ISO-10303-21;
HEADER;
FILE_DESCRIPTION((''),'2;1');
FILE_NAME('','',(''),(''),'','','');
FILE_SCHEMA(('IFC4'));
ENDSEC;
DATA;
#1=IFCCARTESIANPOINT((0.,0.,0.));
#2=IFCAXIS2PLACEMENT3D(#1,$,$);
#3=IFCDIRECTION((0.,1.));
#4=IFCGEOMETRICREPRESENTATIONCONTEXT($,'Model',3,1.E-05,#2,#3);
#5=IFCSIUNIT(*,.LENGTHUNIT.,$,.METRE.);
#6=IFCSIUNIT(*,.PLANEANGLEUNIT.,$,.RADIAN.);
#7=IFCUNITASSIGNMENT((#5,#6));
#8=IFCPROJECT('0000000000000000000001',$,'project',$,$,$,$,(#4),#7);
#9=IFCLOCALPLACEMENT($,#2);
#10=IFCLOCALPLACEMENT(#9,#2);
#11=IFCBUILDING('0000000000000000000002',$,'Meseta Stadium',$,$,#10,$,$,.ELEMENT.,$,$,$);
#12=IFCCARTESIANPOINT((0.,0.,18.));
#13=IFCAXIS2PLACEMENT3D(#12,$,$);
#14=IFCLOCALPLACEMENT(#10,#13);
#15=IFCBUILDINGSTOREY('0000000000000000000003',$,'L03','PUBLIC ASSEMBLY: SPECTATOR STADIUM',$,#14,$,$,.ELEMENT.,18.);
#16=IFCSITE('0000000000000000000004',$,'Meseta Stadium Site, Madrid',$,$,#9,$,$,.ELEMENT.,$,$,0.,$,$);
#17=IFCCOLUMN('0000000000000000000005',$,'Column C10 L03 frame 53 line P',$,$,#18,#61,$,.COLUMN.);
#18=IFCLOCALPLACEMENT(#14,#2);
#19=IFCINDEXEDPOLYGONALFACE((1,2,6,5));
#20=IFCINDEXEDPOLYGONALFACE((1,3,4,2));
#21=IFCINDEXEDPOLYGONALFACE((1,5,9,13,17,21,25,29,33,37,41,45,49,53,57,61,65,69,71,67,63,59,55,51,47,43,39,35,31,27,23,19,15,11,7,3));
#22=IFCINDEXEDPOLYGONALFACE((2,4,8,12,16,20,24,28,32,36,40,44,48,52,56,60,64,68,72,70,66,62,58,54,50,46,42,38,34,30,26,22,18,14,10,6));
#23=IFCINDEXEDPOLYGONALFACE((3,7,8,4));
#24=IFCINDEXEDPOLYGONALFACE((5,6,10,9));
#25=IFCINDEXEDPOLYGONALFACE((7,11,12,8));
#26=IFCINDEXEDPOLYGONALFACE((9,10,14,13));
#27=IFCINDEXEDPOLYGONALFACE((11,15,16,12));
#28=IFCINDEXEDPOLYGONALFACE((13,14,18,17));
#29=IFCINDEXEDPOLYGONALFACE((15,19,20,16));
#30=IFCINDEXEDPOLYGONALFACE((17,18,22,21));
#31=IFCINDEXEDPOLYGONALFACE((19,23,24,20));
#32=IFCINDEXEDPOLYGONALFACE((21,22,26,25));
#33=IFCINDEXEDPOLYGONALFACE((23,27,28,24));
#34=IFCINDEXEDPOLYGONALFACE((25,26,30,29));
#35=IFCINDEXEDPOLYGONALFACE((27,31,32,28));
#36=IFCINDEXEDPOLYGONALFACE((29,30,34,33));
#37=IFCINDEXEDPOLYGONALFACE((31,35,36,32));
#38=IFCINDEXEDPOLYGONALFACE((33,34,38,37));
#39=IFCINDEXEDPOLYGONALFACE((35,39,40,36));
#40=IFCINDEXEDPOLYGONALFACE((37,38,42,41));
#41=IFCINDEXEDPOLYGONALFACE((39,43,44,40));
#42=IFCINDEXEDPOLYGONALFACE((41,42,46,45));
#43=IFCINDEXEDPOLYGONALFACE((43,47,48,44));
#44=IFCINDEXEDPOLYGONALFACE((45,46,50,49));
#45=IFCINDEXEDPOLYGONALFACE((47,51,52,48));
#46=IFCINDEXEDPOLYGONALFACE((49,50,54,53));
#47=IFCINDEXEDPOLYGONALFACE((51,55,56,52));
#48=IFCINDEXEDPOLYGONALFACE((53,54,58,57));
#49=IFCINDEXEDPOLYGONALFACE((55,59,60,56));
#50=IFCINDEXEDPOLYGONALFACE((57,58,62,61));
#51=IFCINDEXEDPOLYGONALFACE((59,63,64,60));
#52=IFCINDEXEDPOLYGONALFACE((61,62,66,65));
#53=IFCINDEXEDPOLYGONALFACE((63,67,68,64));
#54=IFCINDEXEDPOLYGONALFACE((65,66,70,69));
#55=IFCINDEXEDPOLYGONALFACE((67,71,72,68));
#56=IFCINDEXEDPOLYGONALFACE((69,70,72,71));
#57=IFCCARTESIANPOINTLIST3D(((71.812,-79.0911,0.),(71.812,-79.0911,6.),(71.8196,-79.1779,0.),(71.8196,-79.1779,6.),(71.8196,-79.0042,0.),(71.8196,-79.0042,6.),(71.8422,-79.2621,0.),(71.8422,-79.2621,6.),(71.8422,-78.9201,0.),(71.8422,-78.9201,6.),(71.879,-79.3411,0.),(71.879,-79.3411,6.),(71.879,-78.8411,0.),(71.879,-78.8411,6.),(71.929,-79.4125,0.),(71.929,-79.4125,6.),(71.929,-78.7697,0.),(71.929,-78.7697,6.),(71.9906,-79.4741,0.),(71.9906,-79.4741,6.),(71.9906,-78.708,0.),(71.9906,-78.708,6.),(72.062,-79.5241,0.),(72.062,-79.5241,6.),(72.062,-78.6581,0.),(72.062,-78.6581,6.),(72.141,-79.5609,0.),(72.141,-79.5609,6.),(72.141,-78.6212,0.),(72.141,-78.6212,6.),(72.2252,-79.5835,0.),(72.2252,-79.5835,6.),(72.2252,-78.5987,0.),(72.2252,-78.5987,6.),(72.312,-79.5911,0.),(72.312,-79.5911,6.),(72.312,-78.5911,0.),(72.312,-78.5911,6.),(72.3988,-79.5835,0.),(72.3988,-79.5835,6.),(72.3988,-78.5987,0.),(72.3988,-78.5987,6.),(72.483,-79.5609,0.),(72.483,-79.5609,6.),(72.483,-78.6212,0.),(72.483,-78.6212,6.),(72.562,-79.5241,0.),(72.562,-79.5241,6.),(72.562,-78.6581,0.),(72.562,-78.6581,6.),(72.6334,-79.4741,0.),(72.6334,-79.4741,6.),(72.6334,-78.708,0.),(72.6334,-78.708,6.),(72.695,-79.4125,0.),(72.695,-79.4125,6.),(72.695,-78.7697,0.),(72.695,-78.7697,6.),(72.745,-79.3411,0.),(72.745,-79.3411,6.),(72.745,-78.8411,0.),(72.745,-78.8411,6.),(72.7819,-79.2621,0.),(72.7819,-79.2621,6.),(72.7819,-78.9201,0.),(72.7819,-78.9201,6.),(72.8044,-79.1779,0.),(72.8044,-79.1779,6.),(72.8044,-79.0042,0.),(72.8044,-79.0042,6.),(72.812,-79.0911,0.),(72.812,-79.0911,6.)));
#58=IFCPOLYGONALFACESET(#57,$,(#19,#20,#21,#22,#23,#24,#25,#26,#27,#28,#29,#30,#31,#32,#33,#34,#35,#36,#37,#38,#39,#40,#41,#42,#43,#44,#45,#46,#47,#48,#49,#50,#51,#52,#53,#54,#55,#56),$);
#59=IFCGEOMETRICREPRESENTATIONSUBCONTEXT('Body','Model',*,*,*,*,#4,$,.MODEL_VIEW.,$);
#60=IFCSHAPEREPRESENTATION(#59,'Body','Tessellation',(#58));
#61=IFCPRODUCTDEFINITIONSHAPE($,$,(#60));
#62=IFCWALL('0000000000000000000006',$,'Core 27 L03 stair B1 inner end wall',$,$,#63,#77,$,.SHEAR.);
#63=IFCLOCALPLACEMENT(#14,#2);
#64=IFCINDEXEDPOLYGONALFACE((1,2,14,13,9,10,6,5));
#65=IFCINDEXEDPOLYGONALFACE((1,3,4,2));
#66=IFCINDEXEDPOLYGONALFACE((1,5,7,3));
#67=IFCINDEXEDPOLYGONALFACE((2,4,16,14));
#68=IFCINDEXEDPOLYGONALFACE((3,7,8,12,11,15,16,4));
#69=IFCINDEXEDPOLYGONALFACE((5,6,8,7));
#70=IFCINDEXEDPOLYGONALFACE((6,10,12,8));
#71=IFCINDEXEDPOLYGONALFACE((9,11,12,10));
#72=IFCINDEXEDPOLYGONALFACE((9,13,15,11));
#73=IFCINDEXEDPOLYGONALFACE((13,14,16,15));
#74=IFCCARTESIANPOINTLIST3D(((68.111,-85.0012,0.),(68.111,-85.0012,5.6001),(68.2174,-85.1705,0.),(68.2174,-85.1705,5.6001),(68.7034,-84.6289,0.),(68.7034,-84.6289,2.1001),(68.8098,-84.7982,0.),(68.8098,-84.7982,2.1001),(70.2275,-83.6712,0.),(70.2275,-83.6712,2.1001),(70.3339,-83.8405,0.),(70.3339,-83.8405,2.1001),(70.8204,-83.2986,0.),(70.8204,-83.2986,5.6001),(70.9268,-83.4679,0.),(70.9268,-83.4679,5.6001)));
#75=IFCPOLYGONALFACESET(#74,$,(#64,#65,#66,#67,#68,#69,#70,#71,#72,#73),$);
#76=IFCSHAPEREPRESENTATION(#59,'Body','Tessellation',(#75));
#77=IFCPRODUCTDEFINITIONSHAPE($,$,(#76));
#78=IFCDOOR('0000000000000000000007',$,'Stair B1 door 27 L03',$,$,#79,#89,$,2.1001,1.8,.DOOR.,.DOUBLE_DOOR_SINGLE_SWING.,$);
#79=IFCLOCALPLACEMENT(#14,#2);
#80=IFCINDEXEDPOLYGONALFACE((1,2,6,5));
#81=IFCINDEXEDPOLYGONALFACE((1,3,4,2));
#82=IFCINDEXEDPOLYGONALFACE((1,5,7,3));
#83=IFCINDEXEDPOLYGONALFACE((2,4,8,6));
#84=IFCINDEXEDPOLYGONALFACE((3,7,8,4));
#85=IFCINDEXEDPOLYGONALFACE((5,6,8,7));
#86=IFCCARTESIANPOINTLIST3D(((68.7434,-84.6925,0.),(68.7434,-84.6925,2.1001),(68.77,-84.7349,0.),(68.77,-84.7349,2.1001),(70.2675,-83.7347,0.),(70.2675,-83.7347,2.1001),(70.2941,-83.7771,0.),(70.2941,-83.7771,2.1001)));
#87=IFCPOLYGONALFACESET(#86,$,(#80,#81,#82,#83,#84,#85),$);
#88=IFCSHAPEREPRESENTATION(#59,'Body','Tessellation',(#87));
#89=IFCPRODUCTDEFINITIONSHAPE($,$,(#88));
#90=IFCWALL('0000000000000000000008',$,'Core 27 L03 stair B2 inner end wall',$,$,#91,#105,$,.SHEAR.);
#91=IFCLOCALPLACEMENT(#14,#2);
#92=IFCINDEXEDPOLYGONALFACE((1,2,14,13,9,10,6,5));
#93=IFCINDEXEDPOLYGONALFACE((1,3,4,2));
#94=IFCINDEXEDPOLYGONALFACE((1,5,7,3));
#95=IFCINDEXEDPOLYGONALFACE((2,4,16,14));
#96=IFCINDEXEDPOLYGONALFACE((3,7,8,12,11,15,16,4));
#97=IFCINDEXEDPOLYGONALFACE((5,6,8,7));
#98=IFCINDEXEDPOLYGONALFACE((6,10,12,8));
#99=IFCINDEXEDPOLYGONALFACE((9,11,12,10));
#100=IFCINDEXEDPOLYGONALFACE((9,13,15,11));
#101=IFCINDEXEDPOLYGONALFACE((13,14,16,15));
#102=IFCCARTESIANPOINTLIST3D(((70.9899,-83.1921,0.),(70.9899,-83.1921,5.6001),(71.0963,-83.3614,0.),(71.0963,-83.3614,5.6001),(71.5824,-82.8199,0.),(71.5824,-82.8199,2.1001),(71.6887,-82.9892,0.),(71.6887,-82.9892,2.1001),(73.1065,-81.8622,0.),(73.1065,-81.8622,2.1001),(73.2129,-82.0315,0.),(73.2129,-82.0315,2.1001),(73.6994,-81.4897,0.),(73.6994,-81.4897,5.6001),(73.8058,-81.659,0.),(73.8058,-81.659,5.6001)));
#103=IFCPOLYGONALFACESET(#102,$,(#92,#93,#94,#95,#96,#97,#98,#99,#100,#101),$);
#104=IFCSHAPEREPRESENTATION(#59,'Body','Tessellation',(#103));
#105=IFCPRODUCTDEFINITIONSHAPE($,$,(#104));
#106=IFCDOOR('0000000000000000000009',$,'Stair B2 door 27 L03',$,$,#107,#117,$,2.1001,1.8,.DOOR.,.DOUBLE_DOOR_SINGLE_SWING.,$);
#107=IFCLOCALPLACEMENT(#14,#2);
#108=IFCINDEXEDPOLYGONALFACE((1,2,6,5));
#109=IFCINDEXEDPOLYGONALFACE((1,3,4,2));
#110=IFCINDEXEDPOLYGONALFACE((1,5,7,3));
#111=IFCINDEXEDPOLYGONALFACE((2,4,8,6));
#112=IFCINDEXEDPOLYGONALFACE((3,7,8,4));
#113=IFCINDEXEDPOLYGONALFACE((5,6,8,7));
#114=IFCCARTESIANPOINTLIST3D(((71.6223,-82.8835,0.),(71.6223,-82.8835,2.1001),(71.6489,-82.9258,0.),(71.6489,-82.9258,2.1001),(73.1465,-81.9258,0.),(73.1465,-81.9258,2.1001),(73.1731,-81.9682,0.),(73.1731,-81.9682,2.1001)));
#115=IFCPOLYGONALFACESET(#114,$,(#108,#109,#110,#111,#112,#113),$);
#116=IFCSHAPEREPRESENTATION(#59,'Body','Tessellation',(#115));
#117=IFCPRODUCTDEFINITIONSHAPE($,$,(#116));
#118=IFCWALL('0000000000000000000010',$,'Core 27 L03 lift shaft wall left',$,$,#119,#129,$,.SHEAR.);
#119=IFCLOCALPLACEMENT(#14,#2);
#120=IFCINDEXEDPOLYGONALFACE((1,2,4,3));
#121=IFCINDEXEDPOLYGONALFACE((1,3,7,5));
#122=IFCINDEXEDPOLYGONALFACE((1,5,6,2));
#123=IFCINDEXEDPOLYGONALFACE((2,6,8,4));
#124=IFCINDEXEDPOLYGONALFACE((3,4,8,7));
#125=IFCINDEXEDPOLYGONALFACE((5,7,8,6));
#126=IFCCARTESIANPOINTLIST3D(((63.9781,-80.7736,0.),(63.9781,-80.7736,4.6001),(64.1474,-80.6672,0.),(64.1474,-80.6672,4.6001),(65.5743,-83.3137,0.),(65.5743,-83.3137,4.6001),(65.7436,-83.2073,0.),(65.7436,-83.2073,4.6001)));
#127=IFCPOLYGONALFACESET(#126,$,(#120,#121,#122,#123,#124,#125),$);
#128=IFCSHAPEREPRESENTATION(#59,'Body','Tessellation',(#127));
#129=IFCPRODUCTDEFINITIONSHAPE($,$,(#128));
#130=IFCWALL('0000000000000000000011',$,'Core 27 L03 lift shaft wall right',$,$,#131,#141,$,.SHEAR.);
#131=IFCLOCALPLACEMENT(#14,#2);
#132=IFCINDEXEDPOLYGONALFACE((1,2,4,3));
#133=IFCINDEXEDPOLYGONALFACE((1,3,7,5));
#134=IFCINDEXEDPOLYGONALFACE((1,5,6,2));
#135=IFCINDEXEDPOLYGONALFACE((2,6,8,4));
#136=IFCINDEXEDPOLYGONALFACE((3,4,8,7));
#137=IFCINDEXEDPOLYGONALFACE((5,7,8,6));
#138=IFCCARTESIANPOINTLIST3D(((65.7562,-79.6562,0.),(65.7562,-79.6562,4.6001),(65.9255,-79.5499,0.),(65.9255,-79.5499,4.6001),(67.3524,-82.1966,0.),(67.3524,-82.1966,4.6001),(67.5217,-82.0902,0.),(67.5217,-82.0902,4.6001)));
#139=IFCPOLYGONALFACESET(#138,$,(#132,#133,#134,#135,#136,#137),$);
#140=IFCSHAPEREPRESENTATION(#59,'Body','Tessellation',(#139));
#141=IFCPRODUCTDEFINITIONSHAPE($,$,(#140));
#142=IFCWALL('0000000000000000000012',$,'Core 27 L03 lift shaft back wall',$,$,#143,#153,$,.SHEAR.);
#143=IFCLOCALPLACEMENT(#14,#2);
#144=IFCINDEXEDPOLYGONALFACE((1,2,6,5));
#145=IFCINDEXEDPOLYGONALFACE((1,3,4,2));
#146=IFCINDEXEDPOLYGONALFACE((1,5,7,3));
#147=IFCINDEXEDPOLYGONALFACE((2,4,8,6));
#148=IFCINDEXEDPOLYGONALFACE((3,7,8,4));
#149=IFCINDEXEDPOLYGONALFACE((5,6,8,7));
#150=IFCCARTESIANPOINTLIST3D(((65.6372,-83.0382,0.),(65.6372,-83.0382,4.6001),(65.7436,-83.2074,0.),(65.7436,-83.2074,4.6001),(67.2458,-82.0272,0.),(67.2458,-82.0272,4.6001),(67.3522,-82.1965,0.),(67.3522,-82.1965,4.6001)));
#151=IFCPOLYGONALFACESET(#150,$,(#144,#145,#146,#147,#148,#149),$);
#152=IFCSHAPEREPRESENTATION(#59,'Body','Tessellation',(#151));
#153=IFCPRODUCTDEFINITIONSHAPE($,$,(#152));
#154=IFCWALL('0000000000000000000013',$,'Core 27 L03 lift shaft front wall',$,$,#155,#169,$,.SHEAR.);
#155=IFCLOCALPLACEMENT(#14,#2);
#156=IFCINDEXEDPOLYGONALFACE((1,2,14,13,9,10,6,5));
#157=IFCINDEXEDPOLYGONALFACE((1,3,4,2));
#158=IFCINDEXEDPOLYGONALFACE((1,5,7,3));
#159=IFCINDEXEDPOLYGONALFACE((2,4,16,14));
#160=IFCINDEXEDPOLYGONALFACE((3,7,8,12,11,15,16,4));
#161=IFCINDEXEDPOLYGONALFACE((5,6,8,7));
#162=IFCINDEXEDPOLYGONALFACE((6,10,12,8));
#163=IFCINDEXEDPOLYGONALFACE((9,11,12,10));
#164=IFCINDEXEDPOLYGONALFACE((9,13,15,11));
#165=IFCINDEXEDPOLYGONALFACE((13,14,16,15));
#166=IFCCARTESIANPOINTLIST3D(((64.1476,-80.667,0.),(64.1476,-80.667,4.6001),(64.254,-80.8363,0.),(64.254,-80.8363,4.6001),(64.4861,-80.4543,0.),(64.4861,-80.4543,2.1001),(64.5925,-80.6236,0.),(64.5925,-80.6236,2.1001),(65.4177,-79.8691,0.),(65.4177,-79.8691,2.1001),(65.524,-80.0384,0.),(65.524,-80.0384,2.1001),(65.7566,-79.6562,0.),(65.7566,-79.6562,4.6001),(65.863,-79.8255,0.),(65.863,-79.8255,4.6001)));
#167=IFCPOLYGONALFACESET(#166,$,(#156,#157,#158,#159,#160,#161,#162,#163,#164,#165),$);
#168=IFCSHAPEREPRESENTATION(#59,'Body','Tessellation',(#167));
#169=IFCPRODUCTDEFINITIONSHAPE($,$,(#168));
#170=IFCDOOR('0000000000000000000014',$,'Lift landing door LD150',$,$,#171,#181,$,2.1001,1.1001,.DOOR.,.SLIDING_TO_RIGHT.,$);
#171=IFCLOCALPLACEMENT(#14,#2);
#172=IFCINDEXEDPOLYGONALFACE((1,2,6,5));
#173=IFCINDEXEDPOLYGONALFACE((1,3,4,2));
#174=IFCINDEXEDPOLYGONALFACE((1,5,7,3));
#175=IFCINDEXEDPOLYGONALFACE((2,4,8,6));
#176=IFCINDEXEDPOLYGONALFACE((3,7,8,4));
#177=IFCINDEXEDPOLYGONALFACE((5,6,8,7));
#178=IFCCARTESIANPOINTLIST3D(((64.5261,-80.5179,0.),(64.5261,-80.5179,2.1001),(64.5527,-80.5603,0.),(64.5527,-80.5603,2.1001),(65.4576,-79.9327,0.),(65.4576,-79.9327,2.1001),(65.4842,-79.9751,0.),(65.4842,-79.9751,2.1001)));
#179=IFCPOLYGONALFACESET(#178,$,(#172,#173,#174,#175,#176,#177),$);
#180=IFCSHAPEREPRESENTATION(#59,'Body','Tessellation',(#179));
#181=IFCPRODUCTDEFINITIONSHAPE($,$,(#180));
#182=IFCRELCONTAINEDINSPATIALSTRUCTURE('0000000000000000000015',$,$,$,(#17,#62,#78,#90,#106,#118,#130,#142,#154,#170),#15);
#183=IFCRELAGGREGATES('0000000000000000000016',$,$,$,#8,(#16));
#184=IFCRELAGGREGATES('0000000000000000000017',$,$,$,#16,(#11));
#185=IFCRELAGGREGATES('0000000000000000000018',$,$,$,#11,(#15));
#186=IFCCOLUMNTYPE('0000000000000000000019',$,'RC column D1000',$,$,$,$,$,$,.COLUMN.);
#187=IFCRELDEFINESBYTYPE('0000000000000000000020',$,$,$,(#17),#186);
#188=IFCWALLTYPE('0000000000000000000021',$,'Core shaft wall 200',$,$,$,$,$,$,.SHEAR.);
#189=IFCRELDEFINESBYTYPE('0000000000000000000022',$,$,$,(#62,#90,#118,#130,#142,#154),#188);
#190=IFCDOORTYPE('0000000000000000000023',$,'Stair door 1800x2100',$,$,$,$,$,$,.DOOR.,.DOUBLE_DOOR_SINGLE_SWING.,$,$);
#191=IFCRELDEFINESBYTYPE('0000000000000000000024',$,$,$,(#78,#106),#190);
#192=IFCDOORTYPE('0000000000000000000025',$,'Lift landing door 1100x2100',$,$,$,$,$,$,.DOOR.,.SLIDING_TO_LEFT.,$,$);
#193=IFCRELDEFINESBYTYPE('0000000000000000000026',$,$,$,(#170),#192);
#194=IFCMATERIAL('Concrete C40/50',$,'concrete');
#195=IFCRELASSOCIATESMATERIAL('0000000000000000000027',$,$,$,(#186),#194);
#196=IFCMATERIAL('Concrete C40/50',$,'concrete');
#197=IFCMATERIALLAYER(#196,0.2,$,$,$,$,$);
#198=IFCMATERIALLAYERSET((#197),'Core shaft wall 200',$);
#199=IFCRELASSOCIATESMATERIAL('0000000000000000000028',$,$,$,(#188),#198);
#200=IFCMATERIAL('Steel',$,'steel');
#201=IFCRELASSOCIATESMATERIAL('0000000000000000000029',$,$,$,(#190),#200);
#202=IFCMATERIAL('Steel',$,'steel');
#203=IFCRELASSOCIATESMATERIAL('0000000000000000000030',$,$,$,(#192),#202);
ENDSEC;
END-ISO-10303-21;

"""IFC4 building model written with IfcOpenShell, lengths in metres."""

from ifc_helpers import new_model, si_unit, direction, frame, frame_2d, origin, origin_2d, place, context, subcontext, project, spatial, rectangle, circle, extrude, material, layer, layer_set, material_profile, profile_set, type_object, element, fill, save


model = new_model("IFC4")

# Units and contexts
model_context = context("Model", 3, precision=1e-05, world=origin(), true_north=direction((0.0, 1.0)))
body_context = subcontext(model_context, "Body", "Model", "MODEL_VIEW")
ifc_project = project(units=[si_unit("LENGTHUNIT", "METRE"), si_unit("PLANEANGLEUNIT", "RADIAN")], contexts=[model_context])

# Site, building, storey
site_placement = place(None, origin())
site = spatial("IfcSite", under=ifc_project, at=site_placement, Name="Meseta Stadium Site, Madrid", CompositionType="ELEMENT", RefElevation=0.0)
building_placement = place(site_placement, origin())
building = spatial("IfcBuilding", under=site, at=building_placement, Name="Meseta Stadium", CompositionType="ELEMENT")
storey_placement = place(building_placement, frame((0.0, 0.0, 18.0)))
storey = spatial("IfcBuildingStorey", under=building, at=storey_placement, Name="L03", Description="PUBLIC ASSEMBLY: SPECTATOR STADIUM", CompositionType="ELEMENT", Elevation=18.0)

# Column
ifc_material_1 = material(Name="Concrete C40/50", Category="concrete")
ifc_material_profile = material_profile(ifc_material_1, circle(Radius=0.5, at=origin_2d()), Name="RC D1000")
ifc_profile_set = profile_set([ifc_material_profile], Name="Concrete C40/50")
column_type = type_object("IfcColumnType", Name="RC column D1000", PredefinedType="COLUMN", material=ifc_profile_set)
column_placement = place(storey_placement, frame((72.312, -79.0911, 0.0), z_axis=(0.0, 0.0, 1.0), x_axis=(1.0, 0.0, 0.0)))
element("IfcColumn", 1, at=column_placement, inside=storey, type_object=column_type, Name="Column C10 L03 frame 53 line P", PredefinedType="COLUMN", context=body_context, shape_type="SweptSolid", body=[
    extrude(circle(Radius=0.5, at=origin_2d()), origin(), (0.0, 0.0, 1.0), 6.0),
])

# Walls, openings, doors
ifc_material_2 = material(Name="Concrete C40/50", Category="concrete")
ifc_layer_1 = layer(ifc_material_2, 0.2)
ifc_layer_set_1 = layer_set([ifc_layer_1], Name="Core shaft wall 200")
wall_type_1 = type_object("IfcWallType", Name="Core shaft wall 200", PredefinedType="SHEAR", material=ifc_layer_set_1)
wall_1_placement = place(storey_placement, frame((68.1641, -85.0859, 0.0), z_axis=(0.0, 0.0, 1.0), x_axis=(0.846701, 0.532068, 0.0)))
wall_1 = element("IfcWall", 2, at=wall_1_placement, inside=storey, type_object=wall_type_1, Name="Core 27 L03 stair B1 inner end wall", PredefinedType="SHEAR", context=body_context, shape_type="SweptSolid", body=[
    extrude(rectangle(XDim=3.2, YDim=0.2, at=frame_2d((1.6001, 0.0))), origin(), (0.0, 0.0, 1.0), 5.6001),
])
opening_1_placement = place(wall_1_placement, frame((0.7, 0.0, 0.0)))
opening_1 = element("IfcOpeningElement", 3, at=opening_1_placement, cuts=wall_1, PredefinedType="OPENING", context=body_context, shape_type="SweptSolid", body=[
    extrude(rectangle(XDim=1.8, YDim=2.1001, at=frame_2d((0.8999, 1.05))), frame((0.0, 0.1099, 0.0), z_axis=(0.0, -1.0, 0.0), x_axis=(1.0, 0.0, 0.0)), (0.0, 0.0, 1.0), 0.22),
])
ifc_material_3 = material(Name="Steel", Category="steel")
door_type_1 = type_object("IfcDoorType", Name="Stair door 1800x2100", OperationType="DOUBLE_DOOR_SINGLE_SWING", PredefinedType="DOOR", material=ifc_material_3)
door_1_placement = place(opening_1_placement, origin())
door_1 = element("IfcDoor", 4, at=door_1_placement, inside=storey, type_object=door_type_1, Name="Stair B1 door 27 L03", OperationType="DOUBLE_DOOR_SINGLE_SWING", OverallHeight=2.1001, OverallWidth=1.8, PredefinedType="DOOR", context=body_context, shape_type="SweptSolid", body=[
    extrude(rectangle(XDim=1.8, YDim=2.1001, at=frame_2d((0.8999, 1.05))), frame((0.0, 0.0249, 0.0), z_axis=(0.0, -1.0, 0.0), x_axis=(1.0, 0.0, 0.0)), (0.0, 0.0, 1.0), 0.05),
])
fill(opening_1, door_1)
wall_2_placement = place(storey_placement, frame((71.043, -83.2769, 0.0), z_axis=(0.0, 0.0, 1.0), x_axis=(0.846736, 0.532014, 0.0)))
wall_2 = element("IfcWall", 5, at=wall_2_placement, inside=storey, type_object=wall_type_1, Name="Core 27 L03 stair B2 inner end wall", PredefinedType="SHEAR", context=body_context, shape_type="SweptSolid", body=[
    extrude(rectangle(XDim=3.2, YDim=0.2, at=frame_2d((1.6001, 0.0))), origin(), (0.0, 0.0, 1.0), 5.6001),
])
opening_2_placement = place(wall_2_placement, frame((0.7, 0.0, 0.0)))
opening_2 = element("IfcOpeningElement", 6, at=opening_2_placement, cuts=wall_2, PredefinedType="OPENING", context=body_context, shape_type="SweptSolid", body=[
    extrude(rectangle(XDim=1.8, YDim=2.1001, at=frame_2d((0.8999, 1.05))), frame((0.0, 0.1099, 0.0), z_axis=(0.0, -1.0, 0.0), x_axis=(1.0, 0.0, 0.0)), (0.0, 0.0, 1.0), 0.22),
])
door_2_placement = place(opening_2_placement, origin())
door_2 = element("IfcDoor", 7, at=door_2_placement, inside=storey, type_object=door_type_1, Name="Stair B2 door 27 L03", OperationType="DOUBLE_DOOR_SINGLE_SWING", OverallHeight=2.1001, OverallWidth=1.8, PredefinedType="DOOR", context=body_context, shape_type="SweptSolid", body=[
    extrude(rectangle(XDim=1.8, YDim=2.1001, at=frame_2d((0.8999, 1.05))), frame((0.0, 0.0249, 0.0), z_axis=(0.0, -1.0, 0.0), x_axis=(1.0, 0.0, 0.0)), (0.0, 0.0, 1.0), 0.05),
])
fill(opening_2, door_2)

# Walls
wall_3_placement = place(storey_placement, frame((65.6589, -83.2605, 0.0), z_axis=(0.0, 0.0, 1.0), x_axis=(-0.532075, 0.846697, 0.0)))
element("IfcWall", 8, at=wall_3_placement, inside=storey, type_object=wall_type_1, Name="Core 27 L03 lift shaft wall left", PredefinedType="SHEAR", context=body_context, shape_type="SweptSolid", body=[
    extrude(rectangle(XDim=3.0, YDim=0.2, at=frame_2d((1.5, 0.0))), origin(), (0.0, 0.0, 1.0), 4.6001),
])
wall_4_placement = place(storey_placement, frame((67.437, -82.1433, 0.0), z_axis=(0.0, 0.0, 1.0), x_axis=(-0.532038, 0.84672, 0.0)))
element("IfcWall", 9, at=wall_4_placement, inside=storey, type_object=wall_type_1, Name="Core 27 L03 lift shaft wall right", PredefinedType="SHEAR", context=body_context, shape_type="SweptSolid", body=[
    extrude(rectangle(XDim=3.0002, YDim=0.2, at=frame_2d((1.5, 0.0))), origin(), (0.0, 0.0, 1.0), 4.6001),
])
wall_5_placement = place(storey_placement, frame((65.6904, -83.1228, 0.0), z_axis=(0.0, 0.0, 1.0), x_axis=(0.846675, 0.532111, 0.0)))
element("IfcWall", 10, at=wall_5_placement, inside=storey, type_object=wall_type_1, Name="Core 27 L03 lift shaft back wall", PredefinedType="SHEAR", context=body_context, shape_type="SweptSolid", body=[
    extrude(rectangle(XDim=1.8999, YDim=0.2, at=frame_2d((0.95, 0.0))), origin(), (0.0, 0.0, 1.0), 4.6001),
])

# Wall, opening, door
wall_6_placement = place(storey_placement, frame((64.2007, -80.7517, 0.0), z_axis=(0.0, 0.0, 1.0), x_axis=(0.846769, 0.531961, 0.0)))
wall_6 = element("IfcWall", 11, at=wall_6_placement, inside=storey, type_object=wall_type_1, Name="Core 27 L03 lift shaft front wall", PredefinedType="SHEAR", context=body_context, shape_type="SweptSolid", body=[
    extrude(rectangle(XDim=1.9001, YDim=0.2, at=frame_2d((0.9502, 0.0))), origin(), (0.0, 0.0, 1.0), 4.6001),
])
opening_3_placement = place(wall_6_placement, frame((0.3999, 0.0, 0.0)))
opening_3 = element("IfcOpeningElement", 12, at=opening_3_placement, cuts=wall_6, PredefinedType="OPENING", context=body_context, shape_type="SweptSolid", body=[
    extrude(rectangle(XDim=1.1001, YDim=2.1001, at=frame_2d((0.55, 1.05))), frame((0.0, 0.1099, 0.0), z_axis=(0.0, -1.0, 0.0), x_axis=(1.0, 0.0, 0.0)), (0.0, 0.0, 1.0), 0.22),
])
ifc_material_4 = material(Name="Steel", Category="steel")
door_type_2 = type_object("IfcDoorType", Name="Lift landing door 1100x2100", OperationType="SLIDING_TO_LEFT", PredefinedType="DOOR", material=ifc_material_4)
door_3_placement = place(opening_3_placement, origin())
door_3 = element("IfcDoor", 13, at=door_3_placement, inside=storey, type_object=door_type_2, Name="Lift landing door LD150", OperationType="SLIDING_TO_RIGHT", OverallHeight=2.1001, OverallWidth=1.1001, PredefinedType="DOOR", context=body_context, shape_type="SweptSolid", body=[
    extrude(rectangle(XDim=1.1001, YDim=2.1001, at=frame_2d((0.55, 1.05))), frame((0.0, 0.0249, 0.0), z_axis=(0.0, -1.0, 0.0), x_axis=(1.0, 0.0, 0.0)), (0.0, 0.0, 1.0), 0.05),
])
fill(opening_3, door_3)

save(model, "model.ifc")
